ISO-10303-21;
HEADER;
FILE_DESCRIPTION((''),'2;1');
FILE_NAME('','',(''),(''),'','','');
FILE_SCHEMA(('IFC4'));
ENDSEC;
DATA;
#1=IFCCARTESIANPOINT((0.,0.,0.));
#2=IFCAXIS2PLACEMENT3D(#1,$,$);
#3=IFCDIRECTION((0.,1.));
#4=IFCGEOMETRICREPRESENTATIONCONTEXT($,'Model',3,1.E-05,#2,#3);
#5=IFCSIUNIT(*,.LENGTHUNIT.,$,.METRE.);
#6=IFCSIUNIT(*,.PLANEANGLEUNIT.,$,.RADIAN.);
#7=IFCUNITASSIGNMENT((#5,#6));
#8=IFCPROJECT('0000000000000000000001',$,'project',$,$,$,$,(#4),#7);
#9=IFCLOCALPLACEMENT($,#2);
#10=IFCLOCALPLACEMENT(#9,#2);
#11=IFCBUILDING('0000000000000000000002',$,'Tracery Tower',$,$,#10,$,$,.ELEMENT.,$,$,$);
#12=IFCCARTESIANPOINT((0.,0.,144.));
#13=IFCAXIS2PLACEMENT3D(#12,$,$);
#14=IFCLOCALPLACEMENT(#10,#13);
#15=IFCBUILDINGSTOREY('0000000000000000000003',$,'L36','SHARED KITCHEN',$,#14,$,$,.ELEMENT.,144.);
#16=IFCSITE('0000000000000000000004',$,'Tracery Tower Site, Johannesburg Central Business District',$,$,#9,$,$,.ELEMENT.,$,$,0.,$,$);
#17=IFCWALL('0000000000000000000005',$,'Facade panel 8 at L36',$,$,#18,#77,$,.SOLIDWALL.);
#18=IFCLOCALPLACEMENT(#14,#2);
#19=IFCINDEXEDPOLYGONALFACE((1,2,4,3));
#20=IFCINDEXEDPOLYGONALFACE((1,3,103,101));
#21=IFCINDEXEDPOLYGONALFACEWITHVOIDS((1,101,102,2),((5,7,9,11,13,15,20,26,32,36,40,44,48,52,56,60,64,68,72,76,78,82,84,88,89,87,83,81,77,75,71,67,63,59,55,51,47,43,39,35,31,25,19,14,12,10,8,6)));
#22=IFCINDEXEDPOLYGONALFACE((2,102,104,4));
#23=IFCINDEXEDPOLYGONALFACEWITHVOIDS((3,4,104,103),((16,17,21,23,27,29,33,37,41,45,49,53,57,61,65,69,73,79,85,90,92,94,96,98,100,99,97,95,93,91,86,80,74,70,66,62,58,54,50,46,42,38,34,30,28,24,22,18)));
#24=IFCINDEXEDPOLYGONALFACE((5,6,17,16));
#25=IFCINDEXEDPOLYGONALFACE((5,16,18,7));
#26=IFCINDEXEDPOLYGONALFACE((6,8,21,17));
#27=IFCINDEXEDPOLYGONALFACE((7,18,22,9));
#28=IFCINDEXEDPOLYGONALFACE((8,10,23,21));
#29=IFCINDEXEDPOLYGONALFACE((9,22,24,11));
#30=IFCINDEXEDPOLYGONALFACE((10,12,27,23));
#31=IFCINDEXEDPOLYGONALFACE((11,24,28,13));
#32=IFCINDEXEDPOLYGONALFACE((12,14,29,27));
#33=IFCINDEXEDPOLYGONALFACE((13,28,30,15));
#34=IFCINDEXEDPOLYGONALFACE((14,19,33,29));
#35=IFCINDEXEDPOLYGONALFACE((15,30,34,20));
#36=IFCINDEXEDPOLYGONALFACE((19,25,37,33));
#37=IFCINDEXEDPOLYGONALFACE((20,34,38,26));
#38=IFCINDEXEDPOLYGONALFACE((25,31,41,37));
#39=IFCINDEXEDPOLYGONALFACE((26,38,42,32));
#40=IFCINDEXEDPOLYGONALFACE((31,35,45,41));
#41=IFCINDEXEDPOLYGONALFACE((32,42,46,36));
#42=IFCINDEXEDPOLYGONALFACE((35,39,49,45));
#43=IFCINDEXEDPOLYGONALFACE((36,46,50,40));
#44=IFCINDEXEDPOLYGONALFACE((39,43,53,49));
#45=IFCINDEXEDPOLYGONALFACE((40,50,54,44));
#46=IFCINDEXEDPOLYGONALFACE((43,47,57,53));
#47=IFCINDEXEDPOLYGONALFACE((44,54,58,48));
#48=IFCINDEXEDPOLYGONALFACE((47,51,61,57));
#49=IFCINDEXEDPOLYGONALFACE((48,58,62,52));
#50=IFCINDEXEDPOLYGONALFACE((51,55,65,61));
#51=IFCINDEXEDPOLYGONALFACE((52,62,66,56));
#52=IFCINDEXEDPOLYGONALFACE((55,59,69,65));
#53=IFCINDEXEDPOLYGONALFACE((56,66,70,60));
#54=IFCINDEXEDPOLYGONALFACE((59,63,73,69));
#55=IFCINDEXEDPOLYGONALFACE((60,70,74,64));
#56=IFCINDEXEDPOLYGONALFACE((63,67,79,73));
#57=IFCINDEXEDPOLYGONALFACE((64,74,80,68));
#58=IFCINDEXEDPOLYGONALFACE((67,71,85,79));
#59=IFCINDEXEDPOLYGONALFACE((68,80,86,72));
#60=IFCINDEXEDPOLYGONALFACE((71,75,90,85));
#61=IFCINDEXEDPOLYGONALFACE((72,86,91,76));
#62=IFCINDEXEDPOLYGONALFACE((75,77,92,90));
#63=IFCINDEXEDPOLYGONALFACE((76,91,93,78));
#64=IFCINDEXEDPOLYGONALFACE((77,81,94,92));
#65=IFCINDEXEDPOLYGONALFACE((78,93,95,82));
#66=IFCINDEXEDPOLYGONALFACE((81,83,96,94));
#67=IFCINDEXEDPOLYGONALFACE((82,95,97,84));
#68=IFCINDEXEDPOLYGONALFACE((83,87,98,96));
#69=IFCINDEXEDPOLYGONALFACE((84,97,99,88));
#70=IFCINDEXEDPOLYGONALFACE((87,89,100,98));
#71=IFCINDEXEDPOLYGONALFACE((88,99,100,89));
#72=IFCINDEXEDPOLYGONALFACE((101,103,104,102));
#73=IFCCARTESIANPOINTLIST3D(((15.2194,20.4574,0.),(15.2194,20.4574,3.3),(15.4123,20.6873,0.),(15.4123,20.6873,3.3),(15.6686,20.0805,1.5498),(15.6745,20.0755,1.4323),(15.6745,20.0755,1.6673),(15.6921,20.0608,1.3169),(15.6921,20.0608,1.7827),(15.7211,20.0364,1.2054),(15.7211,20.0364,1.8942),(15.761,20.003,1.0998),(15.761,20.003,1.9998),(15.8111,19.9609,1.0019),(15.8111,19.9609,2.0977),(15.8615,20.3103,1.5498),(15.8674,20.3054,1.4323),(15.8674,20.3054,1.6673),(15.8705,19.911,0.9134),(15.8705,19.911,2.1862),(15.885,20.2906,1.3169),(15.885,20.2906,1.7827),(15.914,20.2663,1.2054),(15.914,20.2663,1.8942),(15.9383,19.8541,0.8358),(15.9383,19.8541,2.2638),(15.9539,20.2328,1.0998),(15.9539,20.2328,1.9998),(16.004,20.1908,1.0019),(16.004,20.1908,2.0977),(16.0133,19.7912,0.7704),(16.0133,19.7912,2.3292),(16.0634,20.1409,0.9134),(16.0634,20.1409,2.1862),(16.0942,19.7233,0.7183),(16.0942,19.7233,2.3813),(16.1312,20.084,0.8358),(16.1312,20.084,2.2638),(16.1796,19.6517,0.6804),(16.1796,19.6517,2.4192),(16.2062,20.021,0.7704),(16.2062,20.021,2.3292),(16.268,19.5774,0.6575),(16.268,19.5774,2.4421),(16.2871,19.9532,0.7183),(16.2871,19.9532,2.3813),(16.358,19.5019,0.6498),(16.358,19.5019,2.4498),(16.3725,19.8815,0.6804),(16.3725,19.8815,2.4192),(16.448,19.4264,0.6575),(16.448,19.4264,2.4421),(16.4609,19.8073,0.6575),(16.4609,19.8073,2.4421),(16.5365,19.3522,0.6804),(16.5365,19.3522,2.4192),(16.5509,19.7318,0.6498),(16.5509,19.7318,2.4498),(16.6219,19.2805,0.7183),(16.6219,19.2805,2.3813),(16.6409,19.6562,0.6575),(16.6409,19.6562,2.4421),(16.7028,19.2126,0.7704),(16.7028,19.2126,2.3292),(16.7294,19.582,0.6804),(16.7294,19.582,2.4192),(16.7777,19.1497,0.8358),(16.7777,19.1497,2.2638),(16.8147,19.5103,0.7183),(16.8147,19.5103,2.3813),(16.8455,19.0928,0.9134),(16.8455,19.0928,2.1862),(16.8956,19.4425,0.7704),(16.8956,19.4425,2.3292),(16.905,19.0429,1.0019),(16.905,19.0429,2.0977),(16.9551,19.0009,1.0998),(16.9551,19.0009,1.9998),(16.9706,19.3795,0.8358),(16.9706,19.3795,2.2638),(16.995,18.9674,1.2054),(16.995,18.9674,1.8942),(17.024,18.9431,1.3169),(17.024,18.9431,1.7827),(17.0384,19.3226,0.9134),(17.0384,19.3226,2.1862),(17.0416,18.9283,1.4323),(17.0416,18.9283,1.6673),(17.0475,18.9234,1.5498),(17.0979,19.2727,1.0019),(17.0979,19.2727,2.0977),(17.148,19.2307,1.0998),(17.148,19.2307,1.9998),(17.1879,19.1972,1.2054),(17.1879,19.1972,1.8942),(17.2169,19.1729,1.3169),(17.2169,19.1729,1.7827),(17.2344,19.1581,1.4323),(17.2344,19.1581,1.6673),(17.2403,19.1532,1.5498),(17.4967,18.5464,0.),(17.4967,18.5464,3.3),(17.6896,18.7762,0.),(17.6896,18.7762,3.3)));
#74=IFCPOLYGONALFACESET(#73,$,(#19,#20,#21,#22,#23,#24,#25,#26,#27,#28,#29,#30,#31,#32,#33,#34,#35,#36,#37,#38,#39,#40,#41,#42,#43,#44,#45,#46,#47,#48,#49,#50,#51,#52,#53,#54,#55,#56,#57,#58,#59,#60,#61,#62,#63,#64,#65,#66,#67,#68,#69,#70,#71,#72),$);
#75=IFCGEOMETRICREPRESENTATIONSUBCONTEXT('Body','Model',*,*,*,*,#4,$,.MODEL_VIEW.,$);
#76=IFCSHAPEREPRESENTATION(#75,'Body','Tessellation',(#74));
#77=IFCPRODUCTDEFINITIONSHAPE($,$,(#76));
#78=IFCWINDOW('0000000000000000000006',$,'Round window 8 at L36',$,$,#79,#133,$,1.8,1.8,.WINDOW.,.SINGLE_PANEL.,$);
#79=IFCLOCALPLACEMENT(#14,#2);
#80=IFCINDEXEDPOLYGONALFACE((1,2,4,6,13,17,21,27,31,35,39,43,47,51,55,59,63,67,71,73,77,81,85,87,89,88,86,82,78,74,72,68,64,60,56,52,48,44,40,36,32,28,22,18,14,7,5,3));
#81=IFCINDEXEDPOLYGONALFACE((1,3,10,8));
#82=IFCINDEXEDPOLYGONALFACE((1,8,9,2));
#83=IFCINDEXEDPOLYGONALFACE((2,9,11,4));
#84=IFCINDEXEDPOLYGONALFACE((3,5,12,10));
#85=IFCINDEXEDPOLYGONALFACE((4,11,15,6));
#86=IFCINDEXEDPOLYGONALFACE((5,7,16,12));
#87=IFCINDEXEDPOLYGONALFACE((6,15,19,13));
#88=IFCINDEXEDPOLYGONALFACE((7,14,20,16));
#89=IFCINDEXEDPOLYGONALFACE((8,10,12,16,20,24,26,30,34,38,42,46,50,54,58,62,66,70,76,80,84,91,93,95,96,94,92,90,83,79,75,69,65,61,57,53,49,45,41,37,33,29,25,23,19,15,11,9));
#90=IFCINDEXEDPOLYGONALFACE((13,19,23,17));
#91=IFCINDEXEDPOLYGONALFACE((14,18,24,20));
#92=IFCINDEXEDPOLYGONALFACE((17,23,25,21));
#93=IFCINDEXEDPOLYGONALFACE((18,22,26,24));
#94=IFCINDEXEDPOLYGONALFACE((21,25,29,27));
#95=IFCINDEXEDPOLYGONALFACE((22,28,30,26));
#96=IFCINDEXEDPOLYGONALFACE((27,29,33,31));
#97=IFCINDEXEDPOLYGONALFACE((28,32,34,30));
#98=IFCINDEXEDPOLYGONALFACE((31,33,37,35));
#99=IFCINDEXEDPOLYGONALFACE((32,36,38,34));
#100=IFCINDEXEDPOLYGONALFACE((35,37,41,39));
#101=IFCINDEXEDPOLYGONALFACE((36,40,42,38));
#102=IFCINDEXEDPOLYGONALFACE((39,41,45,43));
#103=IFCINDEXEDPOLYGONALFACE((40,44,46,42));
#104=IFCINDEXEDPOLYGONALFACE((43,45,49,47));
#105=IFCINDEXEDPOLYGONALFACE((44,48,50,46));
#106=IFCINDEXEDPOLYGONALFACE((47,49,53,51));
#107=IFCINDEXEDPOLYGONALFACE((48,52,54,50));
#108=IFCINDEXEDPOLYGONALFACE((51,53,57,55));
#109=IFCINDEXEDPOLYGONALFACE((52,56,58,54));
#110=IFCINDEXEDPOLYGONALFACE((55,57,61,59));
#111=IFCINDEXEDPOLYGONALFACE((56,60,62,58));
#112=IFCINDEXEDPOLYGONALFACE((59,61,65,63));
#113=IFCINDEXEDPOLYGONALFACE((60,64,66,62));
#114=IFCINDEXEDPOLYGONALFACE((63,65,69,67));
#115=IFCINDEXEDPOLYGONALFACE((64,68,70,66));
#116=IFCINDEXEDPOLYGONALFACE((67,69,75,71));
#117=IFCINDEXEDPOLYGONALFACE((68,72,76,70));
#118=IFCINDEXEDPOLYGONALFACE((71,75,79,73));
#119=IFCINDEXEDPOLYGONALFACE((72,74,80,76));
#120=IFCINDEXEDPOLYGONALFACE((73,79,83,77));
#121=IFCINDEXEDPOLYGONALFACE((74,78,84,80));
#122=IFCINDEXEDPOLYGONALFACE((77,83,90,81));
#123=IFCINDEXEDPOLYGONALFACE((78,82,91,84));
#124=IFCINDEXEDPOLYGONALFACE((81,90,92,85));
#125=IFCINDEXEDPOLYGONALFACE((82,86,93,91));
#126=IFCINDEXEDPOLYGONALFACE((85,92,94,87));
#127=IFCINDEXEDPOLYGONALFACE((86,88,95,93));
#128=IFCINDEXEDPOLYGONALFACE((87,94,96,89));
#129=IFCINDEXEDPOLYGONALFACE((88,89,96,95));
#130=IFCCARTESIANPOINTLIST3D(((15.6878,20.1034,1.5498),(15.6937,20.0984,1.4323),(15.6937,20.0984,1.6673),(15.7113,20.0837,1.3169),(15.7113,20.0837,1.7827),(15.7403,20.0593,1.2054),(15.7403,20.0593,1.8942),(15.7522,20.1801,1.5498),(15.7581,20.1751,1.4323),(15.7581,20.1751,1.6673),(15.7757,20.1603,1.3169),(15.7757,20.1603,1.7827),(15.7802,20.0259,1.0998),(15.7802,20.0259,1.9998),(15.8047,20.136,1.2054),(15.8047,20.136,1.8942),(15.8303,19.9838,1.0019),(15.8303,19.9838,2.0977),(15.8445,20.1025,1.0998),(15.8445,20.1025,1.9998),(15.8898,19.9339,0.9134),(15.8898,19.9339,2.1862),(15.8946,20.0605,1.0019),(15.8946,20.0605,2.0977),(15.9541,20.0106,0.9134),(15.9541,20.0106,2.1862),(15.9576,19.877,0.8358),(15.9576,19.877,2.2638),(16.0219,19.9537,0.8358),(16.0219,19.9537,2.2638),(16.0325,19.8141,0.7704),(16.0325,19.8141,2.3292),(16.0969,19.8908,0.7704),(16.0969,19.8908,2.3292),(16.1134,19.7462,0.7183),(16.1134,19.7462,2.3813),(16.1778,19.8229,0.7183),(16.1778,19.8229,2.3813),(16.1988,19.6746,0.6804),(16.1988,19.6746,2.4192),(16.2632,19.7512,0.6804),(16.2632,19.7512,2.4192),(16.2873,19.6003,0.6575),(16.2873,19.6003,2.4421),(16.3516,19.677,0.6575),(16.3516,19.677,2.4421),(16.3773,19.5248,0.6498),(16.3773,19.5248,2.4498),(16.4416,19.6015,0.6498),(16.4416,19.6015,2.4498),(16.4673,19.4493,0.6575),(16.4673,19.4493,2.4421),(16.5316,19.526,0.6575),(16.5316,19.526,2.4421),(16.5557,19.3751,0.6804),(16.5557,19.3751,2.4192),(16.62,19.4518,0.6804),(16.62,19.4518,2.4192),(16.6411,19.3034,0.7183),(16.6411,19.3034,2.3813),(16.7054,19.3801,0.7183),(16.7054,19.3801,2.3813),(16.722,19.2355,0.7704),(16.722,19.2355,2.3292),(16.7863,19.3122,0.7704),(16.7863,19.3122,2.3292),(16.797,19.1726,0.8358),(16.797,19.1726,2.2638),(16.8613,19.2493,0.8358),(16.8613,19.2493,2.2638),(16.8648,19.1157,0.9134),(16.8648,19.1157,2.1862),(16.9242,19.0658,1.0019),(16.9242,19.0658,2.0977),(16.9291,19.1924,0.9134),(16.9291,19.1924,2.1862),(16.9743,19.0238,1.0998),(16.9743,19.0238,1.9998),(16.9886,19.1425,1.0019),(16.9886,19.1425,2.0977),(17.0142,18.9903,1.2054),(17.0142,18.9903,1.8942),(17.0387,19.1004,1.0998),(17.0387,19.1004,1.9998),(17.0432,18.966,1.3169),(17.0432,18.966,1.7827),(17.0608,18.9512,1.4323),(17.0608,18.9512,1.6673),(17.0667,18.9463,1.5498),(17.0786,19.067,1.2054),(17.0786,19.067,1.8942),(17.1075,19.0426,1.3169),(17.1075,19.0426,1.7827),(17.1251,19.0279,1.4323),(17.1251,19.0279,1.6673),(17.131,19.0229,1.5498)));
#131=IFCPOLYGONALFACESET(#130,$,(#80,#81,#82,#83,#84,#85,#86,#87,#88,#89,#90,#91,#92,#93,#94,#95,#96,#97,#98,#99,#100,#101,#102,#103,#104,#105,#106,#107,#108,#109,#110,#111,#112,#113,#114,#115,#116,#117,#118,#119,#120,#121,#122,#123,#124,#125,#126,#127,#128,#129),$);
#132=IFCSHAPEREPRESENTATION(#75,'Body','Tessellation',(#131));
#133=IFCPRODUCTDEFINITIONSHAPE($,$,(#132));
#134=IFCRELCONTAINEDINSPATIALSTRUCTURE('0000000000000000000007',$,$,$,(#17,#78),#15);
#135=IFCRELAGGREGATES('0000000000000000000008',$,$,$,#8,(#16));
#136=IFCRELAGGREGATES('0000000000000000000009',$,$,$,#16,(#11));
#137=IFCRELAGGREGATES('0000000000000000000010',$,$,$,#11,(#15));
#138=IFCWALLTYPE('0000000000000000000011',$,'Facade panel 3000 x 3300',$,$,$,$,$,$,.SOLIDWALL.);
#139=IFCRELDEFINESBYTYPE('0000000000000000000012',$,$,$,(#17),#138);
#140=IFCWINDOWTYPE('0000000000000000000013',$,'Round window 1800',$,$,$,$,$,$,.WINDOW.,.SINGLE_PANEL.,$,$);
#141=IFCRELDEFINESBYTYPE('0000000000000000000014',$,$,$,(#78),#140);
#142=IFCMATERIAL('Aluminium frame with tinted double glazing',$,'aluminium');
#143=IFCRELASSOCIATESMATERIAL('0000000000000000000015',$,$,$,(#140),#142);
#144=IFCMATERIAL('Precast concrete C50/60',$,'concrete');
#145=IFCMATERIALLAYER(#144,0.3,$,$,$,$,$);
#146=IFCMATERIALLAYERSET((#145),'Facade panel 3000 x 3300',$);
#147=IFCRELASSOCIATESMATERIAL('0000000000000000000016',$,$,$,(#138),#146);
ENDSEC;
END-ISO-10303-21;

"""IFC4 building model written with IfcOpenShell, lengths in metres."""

from ifc_helpers import new_model, si_unit, direction, frame, frame_2d, origin, origin_2d, place, context, subcontext, project, spatial, rectangle, circle, extrude, material, layer, layer_set, type_object, element, fill, save


model = new_model("IFC4")

# Units and contexts
model_context = context("Model", 3, precision=1e-05, world=origin(), true_north=direction((0.0, 1.0)))
body_context = subcontext(model_context, "Body", "Model", "MODEL_VIEW")
ifc_project = project(units=[si_unit("LENGTHUNIT", "METRE"), si_unit("PLANEANGLEUNIT", "RADIAN")], contexts=[model_context])

# Site, building, storey
site_placement = place(None, origin())
site = spatial("IfcSite", under=ifc_project, at=site_placement, Name="Tracery Tower Site, Johannesburg Central Business District", CompositionType="ELEMENT", RefElevation=0.0)
building_placement = place(site_placement, origin())
building = spatial("IfcBuilding", under=site, at=building_placement, Name="Tracery Tower", CompositionType="ELEMENT")
storey_placement = place(building_placement, frame((0.0, 0.0, 144.0)))
storey = spatial("IfcBuildingStorey", under=building, at=storey_placement, Name="L36", Description="SHARED KITCHEN", CompositionType="ELEMENT", Elevation=144.0)

# Wall, opening, window
ifc_material_1 = material(Name="Aluminium frame with tinted double glazing", Category="aluminium")
window_type = type_object("IfcWindowType", Name="Round window 1800", PartitioningType="SINGLE_PANEL", PredefinedType="WINDOW", material=ifc_material_1)
ifc_material_2 = material(Name="Precast concrete C50/60", Category="concrete")
ifc_layer_1 = layer(ifc_material_2, 0.3)
ifc_layer_set_1 = layer_set([ifc_layer_1], Name="Facade panel 3000 x 3300")
wall_type_1 = type_object("IfcWallType", Name="Facade panel 3000 x 3300", PredefinedType="SOLIDWALL", material=ifc_layer_set_1)
wall_1_placement = place(storey_placement, frame((17.593, 18.6614, 0.0), z_axis=(0.0, 0.0, 1.0), x_axis=(-0.766009, 0.64283, 0.0)))
wall_1 = element("IfcWall", 1, at=wall_1_placement, inside=storey, type_object=wall_type_1, Name="Facade panel 8 at L36", PredefinedType="SOLIDWALL", context=body_context, shape_type="SweptSolid", body=[
    extrude(rectangle(XDim=2.9729, YDim=0.3, at=frame_2d((1.4863, 0.0))), origin(), (0.0, 0.0, 1.0), 3.3),
])
opening_1_placement = place(wall_1_placement, frame((1.4863, 0.0, 1.5498)))
opening_1 = element("IfcOpeningElement", 2, at=opening_1_placement, cuts=wall_1, PredefinedType="OPENING", context=body_context, shape_type="SweptSolid", body=[
    extrude(circle(Radius=0.9, at=origin_2d()), frame((0.0, 0.1599, 0.0), z_axis=(0.0, -1.0, 0.0), x_axis=(1.0, 0.0, 0.0)), (0.0, 0.0, 1.0), 0.3201),
])
window_1_placement = place(opening_1_placement, origin())
window_1 = element("IfcWindow", 3, at=window_1_placement, inside=storey, type_object=window_type, Name="Round window 8 at L36", OverallHeight=1.8, OverallWidth=1.8, PartitioningType="SINGLE_PANEL", PredefinedType="WINDOW", context=body_context, shape_type="SweptSolid", body=[
    extrude(circle(Radius=0.9, at=origin_2d()), frame((0.0, 0.1201, 0.0), z_axis=(0.0, -1.0, 0.0), x_axis=(1.0, 0.0, 0.0)), (0.0, 0.0, 1.0), 0.1001),
])
fill(opening_1, window_1)

save(model, "model.ifc")
